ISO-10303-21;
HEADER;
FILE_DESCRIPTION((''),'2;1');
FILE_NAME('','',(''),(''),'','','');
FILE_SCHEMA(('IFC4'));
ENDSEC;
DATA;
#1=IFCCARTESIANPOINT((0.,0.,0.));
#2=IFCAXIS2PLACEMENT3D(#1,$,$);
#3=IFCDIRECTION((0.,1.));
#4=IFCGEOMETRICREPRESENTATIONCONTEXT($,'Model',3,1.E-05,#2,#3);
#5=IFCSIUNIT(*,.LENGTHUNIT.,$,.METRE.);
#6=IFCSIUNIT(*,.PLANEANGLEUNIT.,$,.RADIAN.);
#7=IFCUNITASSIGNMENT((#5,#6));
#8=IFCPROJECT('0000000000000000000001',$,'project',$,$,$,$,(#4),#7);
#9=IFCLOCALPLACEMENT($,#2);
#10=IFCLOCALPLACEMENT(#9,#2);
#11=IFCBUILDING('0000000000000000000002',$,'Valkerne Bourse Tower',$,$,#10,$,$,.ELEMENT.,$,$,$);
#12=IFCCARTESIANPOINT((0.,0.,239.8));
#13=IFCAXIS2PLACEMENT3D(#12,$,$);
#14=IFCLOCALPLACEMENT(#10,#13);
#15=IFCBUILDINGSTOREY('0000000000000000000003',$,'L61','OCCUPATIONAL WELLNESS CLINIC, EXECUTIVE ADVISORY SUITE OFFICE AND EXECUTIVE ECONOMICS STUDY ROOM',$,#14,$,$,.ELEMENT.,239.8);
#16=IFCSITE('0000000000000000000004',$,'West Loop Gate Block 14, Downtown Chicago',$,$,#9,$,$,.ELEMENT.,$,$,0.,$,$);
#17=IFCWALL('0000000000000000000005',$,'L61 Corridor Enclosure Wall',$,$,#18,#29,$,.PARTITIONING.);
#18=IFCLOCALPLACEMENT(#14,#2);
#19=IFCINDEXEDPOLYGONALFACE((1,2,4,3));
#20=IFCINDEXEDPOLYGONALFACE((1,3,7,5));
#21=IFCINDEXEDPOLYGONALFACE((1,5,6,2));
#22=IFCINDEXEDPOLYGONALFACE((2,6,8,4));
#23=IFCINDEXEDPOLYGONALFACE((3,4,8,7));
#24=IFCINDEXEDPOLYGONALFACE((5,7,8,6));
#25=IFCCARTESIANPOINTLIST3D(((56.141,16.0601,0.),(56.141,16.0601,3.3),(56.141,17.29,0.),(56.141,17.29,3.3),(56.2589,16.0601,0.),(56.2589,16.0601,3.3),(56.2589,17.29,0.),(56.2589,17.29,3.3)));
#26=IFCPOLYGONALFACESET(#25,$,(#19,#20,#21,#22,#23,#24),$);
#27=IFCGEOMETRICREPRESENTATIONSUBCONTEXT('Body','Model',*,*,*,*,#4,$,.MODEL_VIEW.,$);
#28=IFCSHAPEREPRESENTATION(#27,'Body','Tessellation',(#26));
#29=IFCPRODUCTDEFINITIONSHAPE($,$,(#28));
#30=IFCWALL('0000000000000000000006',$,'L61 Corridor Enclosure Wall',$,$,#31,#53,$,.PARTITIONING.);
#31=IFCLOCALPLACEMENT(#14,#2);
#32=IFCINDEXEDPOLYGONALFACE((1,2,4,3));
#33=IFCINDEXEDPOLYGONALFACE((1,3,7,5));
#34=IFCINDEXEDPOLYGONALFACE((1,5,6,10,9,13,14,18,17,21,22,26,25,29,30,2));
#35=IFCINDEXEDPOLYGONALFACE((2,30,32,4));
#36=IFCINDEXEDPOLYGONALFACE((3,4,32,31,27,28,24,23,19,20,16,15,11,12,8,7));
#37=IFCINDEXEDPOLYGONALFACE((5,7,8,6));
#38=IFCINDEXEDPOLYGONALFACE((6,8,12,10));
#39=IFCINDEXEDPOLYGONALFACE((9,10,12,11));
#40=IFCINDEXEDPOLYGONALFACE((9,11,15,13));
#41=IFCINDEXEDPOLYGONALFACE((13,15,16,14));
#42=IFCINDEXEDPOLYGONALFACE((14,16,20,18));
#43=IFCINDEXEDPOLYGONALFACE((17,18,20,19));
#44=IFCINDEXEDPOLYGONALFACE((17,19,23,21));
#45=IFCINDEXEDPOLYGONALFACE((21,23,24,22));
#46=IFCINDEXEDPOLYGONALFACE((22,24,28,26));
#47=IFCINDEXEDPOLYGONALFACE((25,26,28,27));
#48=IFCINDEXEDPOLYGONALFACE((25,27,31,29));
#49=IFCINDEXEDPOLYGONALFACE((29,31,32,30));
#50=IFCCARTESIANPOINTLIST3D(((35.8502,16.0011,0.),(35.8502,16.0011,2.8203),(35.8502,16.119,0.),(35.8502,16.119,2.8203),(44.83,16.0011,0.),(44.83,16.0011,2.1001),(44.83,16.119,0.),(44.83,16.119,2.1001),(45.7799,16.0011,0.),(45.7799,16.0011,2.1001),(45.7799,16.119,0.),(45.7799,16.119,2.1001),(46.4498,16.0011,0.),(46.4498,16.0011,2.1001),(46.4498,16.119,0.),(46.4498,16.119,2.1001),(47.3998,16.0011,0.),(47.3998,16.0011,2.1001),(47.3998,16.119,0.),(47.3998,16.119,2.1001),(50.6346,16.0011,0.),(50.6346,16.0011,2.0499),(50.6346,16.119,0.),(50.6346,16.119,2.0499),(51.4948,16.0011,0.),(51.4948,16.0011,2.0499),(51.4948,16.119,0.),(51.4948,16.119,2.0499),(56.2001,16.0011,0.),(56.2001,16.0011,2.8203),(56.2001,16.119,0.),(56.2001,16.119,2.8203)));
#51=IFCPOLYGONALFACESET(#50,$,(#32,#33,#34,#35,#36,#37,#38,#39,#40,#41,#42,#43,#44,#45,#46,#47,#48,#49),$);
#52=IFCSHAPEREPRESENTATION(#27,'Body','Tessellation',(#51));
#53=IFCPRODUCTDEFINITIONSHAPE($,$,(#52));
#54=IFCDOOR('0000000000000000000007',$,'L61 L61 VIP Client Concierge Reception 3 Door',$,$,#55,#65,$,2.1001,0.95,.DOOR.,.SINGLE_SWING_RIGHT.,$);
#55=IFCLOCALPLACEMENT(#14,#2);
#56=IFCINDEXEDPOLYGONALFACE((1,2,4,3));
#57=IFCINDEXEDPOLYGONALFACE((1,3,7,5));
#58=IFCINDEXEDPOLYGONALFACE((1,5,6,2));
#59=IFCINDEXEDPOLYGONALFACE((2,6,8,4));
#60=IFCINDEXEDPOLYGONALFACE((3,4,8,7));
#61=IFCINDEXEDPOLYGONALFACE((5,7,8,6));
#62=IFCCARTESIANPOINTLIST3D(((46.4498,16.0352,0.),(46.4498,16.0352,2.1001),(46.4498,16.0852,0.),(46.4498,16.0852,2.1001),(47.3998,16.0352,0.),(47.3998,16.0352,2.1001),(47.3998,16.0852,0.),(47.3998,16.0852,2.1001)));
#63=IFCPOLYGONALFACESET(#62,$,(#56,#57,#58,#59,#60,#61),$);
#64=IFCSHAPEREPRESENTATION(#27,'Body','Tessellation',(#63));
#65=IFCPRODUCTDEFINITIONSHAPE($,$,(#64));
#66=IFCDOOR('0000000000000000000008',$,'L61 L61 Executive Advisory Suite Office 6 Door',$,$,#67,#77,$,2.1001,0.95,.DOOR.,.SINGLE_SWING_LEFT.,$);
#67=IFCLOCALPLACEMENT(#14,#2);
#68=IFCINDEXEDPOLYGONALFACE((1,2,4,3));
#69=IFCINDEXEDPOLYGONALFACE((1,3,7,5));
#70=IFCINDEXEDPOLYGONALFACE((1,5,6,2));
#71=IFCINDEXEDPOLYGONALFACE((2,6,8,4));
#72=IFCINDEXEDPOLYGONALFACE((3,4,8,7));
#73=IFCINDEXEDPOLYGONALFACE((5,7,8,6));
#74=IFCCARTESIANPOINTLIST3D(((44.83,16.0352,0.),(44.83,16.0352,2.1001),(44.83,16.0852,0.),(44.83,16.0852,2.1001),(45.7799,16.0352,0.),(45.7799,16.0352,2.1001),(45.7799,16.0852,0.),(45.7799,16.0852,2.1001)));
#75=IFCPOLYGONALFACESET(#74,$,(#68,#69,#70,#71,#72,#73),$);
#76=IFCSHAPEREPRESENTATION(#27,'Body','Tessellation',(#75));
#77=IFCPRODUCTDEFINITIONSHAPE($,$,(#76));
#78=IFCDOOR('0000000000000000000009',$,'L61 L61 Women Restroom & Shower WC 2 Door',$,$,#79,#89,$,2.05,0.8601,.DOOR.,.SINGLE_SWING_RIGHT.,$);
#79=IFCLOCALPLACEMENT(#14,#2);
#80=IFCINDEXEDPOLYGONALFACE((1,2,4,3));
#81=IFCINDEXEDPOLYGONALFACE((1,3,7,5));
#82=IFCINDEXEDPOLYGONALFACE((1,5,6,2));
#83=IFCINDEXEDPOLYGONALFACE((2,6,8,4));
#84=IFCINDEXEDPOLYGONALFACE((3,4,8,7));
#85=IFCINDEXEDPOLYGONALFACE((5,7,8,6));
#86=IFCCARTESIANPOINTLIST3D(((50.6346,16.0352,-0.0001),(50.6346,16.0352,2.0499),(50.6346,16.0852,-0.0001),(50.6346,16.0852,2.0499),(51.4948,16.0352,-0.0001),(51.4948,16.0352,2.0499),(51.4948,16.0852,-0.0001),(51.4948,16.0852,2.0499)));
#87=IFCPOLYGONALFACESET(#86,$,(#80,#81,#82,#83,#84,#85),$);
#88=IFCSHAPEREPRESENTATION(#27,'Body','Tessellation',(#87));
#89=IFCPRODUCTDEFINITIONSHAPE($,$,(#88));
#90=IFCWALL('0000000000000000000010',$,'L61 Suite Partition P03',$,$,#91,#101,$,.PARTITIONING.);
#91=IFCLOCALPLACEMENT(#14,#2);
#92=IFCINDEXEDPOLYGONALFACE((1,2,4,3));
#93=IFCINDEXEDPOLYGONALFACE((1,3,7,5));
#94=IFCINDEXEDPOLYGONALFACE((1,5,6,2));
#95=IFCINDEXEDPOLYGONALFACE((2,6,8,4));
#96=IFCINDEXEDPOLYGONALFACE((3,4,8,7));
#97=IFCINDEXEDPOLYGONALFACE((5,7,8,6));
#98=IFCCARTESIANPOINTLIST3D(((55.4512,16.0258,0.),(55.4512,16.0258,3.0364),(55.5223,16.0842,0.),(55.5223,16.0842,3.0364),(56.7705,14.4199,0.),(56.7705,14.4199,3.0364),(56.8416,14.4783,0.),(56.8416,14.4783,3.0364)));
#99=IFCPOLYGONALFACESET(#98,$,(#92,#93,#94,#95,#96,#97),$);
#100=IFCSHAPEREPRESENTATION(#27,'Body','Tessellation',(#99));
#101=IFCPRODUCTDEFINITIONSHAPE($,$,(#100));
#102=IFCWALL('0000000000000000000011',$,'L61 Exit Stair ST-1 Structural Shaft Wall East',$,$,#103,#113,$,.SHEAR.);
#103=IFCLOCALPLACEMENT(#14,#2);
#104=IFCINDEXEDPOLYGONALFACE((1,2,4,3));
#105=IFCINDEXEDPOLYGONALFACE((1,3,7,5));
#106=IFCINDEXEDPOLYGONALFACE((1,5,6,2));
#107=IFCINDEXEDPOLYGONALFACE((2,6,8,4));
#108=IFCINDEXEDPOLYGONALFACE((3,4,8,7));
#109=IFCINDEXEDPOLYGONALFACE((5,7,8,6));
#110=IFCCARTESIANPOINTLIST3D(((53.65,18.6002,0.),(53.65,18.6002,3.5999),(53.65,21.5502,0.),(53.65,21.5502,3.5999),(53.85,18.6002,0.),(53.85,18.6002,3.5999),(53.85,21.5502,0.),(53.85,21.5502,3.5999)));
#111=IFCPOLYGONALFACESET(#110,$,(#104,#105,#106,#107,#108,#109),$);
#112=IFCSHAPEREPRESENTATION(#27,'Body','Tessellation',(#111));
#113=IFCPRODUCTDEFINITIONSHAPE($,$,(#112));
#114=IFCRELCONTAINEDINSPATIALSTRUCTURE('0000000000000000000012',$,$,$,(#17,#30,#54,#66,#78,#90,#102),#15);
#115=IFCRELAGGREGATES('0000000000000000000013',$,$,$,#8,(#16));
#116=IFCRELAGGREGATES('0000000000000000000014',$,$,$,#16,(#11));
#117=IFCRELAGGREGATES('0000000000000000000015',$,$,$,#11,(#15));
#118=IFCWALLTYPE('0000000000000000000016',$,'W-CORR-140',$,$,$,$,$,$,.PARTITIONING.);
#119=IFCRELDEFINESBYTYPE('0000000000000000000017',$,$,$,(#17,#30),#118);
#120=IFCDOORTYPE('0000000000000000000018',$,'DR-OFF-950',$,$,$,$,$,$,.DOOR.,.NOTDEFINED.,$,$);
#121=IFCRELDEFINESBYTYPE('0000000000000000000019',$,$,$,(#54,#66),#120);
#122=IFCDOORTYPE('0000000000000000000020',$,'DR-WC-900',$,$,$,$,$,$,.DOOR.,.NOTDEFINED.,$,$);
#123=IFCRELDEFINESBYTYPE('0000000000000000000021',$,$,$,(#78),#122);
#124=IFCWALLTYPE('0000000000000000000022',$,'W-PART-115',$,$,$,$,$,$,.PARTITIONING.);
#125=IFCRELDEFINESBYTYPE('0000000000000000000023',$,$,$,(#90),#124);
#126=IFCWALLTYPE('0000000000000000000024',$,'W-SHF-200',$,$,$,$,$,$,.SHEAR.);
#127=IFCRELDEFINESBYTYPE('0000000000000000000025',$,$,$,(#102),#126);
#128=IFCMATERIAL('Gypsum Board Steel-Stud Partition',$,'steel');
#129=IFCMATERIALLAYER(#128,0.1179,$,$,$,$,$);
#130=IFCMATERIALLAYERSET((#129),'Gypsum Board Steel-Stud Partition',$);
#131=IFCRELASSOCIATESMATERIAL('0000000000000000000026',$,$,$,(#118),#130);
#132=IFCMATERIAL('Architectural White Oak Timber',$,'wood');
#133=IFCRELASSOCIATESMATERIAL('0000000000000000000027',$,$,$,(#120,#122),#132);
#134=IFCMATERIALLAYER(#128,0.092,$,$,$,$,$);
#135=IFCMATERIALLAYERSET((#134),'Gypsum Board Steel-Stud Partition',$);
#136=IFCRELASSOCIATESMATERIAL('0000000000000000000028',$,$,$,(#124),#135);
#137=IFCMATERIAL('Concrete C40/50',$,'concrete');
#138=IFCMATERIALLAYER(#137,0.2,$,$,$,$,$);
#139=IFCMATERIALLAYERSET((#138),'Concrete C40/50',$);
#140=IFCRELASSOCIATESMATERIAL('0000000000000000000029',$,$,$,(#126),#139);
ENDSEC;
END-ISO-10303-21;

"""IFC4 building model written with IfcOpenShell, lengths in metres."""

from ifc_helpers import new_model, si_unit, direction, frame, frame_2d, origin, place, context, subcontext, project, spatial, rectangle, extrude, material, layer, layer_set, type_object, element, fill, save


model = new_model("IFC4")

# Units and contexts
model_context = context("Model", 3, precision=1e-05, world=origin(), true_north=direction((0.0, 1.0)))
body_context = subcontext(model_context, "Body", "Model", "MODEL_VIEW")
ifc_project = project(units=[si_unit("LENGTHUNIT", "METRE"), si_unit("PLANEANGLEUNIT", "RADIAN")], contexts=[model_context])

# Site, building, storey
site_placement = place(None, origin())
site = spatial("IfcSite", under=ifc_project, at=site_placement, Name="West Loop Gate Block 14, Downtown Chicago", CompositionType="ELEMENT", RefElevation=0.0)
building_placement = place(site_placement, origin())
building = spatial("IfcBuilding", under=site, at=building_placement, Name="Valkerne Bourse Tower", CompositionType="ELEMENT")
storey_placement = place(building_placement, frame((0.0, 0.0, 239.8)))
storey = spatial("IfcBuildingStorey", under=building, at=storey_placement, Name="L61", Description="OCCUPATIONAL WELLNESS CLINIC, EXECUTIVE ADVISORY SUITE OFFICE AND EXECUTIVE ECONOMICS STUDY ROOM", CompositionType="ELEMENT", Elevation=239.8)

# Wall
ifc_material_1 = material(Name="Gypsum Board Steel-Stud Partition", Category="steel")
ifc_layer_1 = layer(ifc_material_1, 0.1179)
ifc_layer_set_1 = layer_set([ifc_layer_1], Name="Gypsum Board Steel-Stud Partition")
wall_type_1 = type_object("IfcWallType", Name="W-CORR-140", PredefinedType="PARTITIONING", material=ifc_layer_set_1)
wall_1_placement = place(storey_placement, frame((56.2, 17.29, 0.0), z_axis=(0.0, 0.0, 1.0), x_axis=(0.0, -1.0, 0.0)))
element("IfcWall", 1, at=wall_1_placement, inside=storey, type_object=wall_type_1, Name="L61 Corridor Enclosure Wall", PredefinedType="PARTITIONING", context=body_context, shape_type="SweptSolid", body=[
    extrude(rectangle(XDim=1.23, YDim=0.1179, at=frame_2d((0.615, 0.0))), origin(), (0.0, 0.0, 1.0), 3.3),
])

# Wall, openings, doors
wall_2_placement = place(storey_placement, frame((56.2, 16.0601, 0.0), z_axis=(0.0, 0.0, 1.0), x_axis=(-1.0, 0.0, 0.0)))
wall_2 = element("IfcWall", 2, at=wall_2_placement, inside=storey, type_object=wall_type_1, Name="L61 Corridor Enclosure Wall", PredefinedType="PARTITIONING", context=body_context, shape_type="SweptSolid", body=[
    extrude(rectangle(XDim=20.3499, YDim=0.1179, at=frame_2d((10.1748, 0.0))), origin(), (0.0, 0.0, 1.0), 2.8203),
])
opening_1_placement = place(wall_2_placement, frame((4.7051, 0.0, 0.0)))
opening_1 = element("IfcOpeningElement", 3, at=opening_1_placement, cuts=wall_2, PredefinedType="OPENING", context=body_context, shape_type="SweptSolid", body=[
    extrude(rectangle(XDim=0.8601, YDim=2.05, at=frame_2d((0.4302, 1.0249))), frame((0.0, 0.0688, 0.0), z_axis=(0.0, -1.0, 0.0), x_axis=(1.0, 0.0, 0.0)), (0.0, 0.0, 1.0), 0.1379),
])
opening_2_placement = place(wall_2_placement, frame((8.8, 0.0, 0.0)))
opening_2 = element("IfcOpeningElement", 4, at=opening_2_placement, cuts=wall_2, PredefinedType="OPENING", context=body_context, shape_type="SweptSolid", body=[
    extrude(rectangle(XDim=0.95, YDim=2.1001, at=frame_2d((0.4751, 1.05))), frame((0.0, 0.0688, 0.0), z_axis=(0.0, -1.0, 0.0), x_axis=(1.0, 0.0, 0.0)), (0.0, 0.0, 1.0), 0.1379),
])
opening_3_placement = place(wall_2_placement, frame((10.4199, 0.0, 0.0)))
opening_3 = element("IfcOpeningElement", 5, at=opening_3_placement, cuts=wall_2, PredefinedType="OPENING", context=body_context, shape_type="SweptSolid", body=[
    extrude(rectangle(XDim=0.95, YDim=2.1001, at=frame_2d((0.4751, 1.05))), frame((0.0, 0.0688, 0.0), z_axis=(0.0, -1.0, 0.0), x_axis=(1.0, 0.0, 0.0)), (0.0, 0.0, 1.0), 0.1379),
])
ifc_material_2 = material(Name="Architectural White Oak Timber", Category="wood")
door_type_1 = type_object("IfcDoorType", Name="DR-OFF-950", OperationType="NOTDEFINED", PredefinedType="DOOR", material=ifc_material_2)
door_1_placement = place(opening_2_placement, origin())
door_1 = element("IfcDoor", 6, at=door_1_placement, inside=storey, type_object=door_type_1, Name="L61 L61 VIP Client Concierge Reception 3 Door", OperationType="SINGLE_SWING_RIGHT", OverallHeight=2.1001, OverallWidth=0.95, PredefinedType="DOOR", context=body_context, shape_type="SweptSolid", body=[
    extrude(rectangle(XDim=0.95, YDim=2.1001, at=frame_2d((0.4751, 1.05))), frame((0.0, 0.0249, 0.0), z_axis=(0.0, -1.0, 0.0), x_axis=(1.0, 0.0, 0.0)), (0.0, 0.0, 1.0), 0.05),
])
fill(opening_2, door_1)
door_2_placement = place(opening_3_placement, origin())
door_2 = element("IfcDoor", 7, at=door_2_placement, inside=storey, type_object=door_type_1, Name="L61 L61 Executive Advisory Suite Office 6 Door", OperationType="SINGLE_SWING_LEFT", OverallHeight=2.1001, OverallWidth=0.95, PredefinedType="DOOR", context=body_context, shape_type="SweptSolid", body=[
    extrude(rectangle(XDim=0.95, YDim=2.1001, at=frame_2d((0.4751, 1.05))), frame((0.0, 0.0249, 0.0), z_axis=(0.0, -1.0, 0.0), x_axis=(1.0, 0.0, 0.0)), (0.0, 0.0, 1.0), 0.05),
])
fill(opening_3, door_2)
door_type_2 = type_object("IfcDoorType", Name="DR-WC-900", OperationType="NOTDEFINED", PredefinedType="DOOR", material=ifc_material_2)
door_3_placement = place(opening_1_placement, origin())
door_3 = element("IfcDoor", 8, at=door_3_placement, inside=storey, type_object=door_type_2, Name="L61 L61 Women Restroom & Shower WC 2 Door", OperationType="SINGLE_SWING_RIGHT", OverallHeight=2.05, OverallWidth=0.8601, PredefinedType="DOOR", context=body_context, shape_type="SweptSolid", body=[
    extrude(rectangle(XDim=0.8601, YDim=2.05, at=frame_2d((0.4302, 1.0249))), frame((0.0, 0.0249, 0.0), z_axis=(0.0, -1.0, 0.0), x_axis=(1.0, 0.0, 0.0)), (0.0, 0.0, 1.0), 0.05),
])
fill(opening_1, door_3)

# Walls
ifc_layer_2 = layer(ifc_material_1, 0.092)
ifc_layer_set_2 = layer_set([ifc_layer_2], Name="Gypsum Board Steel-Stud Partition")
wall_type_2 = type_object("IfcWallType", Name="W-PART-115", PredefinedType="PARTITIONING", material=ifc_layer_set_2)
wall_3_placement = place(storey_placement, frame((55.4868, 16.0549, 0.0), z_axis=(0.0, 0.0, 1.0), x_axis=(0.634785, -0.772689, 0.0)))
element("IfcWall", 9, at=wall_3_placement, inside=storey, type_object=wall_type_2, Name="L61 Suite Partition P03", PredefinedType="PARTITIONING", context=body_context, shape_type="SweptSolid", body=[
    extrude(rectangle(XDim=2.0784, YDim=0.092, at=frame_2d((1.0391, 0.0))), origin(), (0.0, 0.0, 1.0), 3.0364),
])
ifc_material_3 = material(Name="Concrete C40/50", Category="concrete")
ifc_layer_3 = layer(ifc_material_3, 0.2)
ifc_layer_set_3 = layer_set([ifc_layer_3], Name="Concrete C40/50")
wall_type_3 = type_object("IfcWallType", Name="W-SHF-200", PredefinedType="SHEAR", material=ifc_layer_set_3)
wall_4_placement = place(storey_placement, frame((53.75, 18.6001, 0.0), z_axis=(0.0, 0.0, 1.0), x_axis=(0.0, 1.0, 0.0)))
element("IfcWall", 10, at=wall_4_placement, inside=storey, type_object=wall_type_3, Name="L61 Exit Stair ST-1 Structural Shaft Wall East", PredefinedType="SHEAR", context=body_context, shape_type="SweptSolid", body=[
    extrude(rectangle(XDim=2.95, YDim=0.2, at=frame_2d((1.4751, 0.0))), origin(), (0.0, 0.0, 1.0), 3.5999),
])

save(model, "model.ifc")
